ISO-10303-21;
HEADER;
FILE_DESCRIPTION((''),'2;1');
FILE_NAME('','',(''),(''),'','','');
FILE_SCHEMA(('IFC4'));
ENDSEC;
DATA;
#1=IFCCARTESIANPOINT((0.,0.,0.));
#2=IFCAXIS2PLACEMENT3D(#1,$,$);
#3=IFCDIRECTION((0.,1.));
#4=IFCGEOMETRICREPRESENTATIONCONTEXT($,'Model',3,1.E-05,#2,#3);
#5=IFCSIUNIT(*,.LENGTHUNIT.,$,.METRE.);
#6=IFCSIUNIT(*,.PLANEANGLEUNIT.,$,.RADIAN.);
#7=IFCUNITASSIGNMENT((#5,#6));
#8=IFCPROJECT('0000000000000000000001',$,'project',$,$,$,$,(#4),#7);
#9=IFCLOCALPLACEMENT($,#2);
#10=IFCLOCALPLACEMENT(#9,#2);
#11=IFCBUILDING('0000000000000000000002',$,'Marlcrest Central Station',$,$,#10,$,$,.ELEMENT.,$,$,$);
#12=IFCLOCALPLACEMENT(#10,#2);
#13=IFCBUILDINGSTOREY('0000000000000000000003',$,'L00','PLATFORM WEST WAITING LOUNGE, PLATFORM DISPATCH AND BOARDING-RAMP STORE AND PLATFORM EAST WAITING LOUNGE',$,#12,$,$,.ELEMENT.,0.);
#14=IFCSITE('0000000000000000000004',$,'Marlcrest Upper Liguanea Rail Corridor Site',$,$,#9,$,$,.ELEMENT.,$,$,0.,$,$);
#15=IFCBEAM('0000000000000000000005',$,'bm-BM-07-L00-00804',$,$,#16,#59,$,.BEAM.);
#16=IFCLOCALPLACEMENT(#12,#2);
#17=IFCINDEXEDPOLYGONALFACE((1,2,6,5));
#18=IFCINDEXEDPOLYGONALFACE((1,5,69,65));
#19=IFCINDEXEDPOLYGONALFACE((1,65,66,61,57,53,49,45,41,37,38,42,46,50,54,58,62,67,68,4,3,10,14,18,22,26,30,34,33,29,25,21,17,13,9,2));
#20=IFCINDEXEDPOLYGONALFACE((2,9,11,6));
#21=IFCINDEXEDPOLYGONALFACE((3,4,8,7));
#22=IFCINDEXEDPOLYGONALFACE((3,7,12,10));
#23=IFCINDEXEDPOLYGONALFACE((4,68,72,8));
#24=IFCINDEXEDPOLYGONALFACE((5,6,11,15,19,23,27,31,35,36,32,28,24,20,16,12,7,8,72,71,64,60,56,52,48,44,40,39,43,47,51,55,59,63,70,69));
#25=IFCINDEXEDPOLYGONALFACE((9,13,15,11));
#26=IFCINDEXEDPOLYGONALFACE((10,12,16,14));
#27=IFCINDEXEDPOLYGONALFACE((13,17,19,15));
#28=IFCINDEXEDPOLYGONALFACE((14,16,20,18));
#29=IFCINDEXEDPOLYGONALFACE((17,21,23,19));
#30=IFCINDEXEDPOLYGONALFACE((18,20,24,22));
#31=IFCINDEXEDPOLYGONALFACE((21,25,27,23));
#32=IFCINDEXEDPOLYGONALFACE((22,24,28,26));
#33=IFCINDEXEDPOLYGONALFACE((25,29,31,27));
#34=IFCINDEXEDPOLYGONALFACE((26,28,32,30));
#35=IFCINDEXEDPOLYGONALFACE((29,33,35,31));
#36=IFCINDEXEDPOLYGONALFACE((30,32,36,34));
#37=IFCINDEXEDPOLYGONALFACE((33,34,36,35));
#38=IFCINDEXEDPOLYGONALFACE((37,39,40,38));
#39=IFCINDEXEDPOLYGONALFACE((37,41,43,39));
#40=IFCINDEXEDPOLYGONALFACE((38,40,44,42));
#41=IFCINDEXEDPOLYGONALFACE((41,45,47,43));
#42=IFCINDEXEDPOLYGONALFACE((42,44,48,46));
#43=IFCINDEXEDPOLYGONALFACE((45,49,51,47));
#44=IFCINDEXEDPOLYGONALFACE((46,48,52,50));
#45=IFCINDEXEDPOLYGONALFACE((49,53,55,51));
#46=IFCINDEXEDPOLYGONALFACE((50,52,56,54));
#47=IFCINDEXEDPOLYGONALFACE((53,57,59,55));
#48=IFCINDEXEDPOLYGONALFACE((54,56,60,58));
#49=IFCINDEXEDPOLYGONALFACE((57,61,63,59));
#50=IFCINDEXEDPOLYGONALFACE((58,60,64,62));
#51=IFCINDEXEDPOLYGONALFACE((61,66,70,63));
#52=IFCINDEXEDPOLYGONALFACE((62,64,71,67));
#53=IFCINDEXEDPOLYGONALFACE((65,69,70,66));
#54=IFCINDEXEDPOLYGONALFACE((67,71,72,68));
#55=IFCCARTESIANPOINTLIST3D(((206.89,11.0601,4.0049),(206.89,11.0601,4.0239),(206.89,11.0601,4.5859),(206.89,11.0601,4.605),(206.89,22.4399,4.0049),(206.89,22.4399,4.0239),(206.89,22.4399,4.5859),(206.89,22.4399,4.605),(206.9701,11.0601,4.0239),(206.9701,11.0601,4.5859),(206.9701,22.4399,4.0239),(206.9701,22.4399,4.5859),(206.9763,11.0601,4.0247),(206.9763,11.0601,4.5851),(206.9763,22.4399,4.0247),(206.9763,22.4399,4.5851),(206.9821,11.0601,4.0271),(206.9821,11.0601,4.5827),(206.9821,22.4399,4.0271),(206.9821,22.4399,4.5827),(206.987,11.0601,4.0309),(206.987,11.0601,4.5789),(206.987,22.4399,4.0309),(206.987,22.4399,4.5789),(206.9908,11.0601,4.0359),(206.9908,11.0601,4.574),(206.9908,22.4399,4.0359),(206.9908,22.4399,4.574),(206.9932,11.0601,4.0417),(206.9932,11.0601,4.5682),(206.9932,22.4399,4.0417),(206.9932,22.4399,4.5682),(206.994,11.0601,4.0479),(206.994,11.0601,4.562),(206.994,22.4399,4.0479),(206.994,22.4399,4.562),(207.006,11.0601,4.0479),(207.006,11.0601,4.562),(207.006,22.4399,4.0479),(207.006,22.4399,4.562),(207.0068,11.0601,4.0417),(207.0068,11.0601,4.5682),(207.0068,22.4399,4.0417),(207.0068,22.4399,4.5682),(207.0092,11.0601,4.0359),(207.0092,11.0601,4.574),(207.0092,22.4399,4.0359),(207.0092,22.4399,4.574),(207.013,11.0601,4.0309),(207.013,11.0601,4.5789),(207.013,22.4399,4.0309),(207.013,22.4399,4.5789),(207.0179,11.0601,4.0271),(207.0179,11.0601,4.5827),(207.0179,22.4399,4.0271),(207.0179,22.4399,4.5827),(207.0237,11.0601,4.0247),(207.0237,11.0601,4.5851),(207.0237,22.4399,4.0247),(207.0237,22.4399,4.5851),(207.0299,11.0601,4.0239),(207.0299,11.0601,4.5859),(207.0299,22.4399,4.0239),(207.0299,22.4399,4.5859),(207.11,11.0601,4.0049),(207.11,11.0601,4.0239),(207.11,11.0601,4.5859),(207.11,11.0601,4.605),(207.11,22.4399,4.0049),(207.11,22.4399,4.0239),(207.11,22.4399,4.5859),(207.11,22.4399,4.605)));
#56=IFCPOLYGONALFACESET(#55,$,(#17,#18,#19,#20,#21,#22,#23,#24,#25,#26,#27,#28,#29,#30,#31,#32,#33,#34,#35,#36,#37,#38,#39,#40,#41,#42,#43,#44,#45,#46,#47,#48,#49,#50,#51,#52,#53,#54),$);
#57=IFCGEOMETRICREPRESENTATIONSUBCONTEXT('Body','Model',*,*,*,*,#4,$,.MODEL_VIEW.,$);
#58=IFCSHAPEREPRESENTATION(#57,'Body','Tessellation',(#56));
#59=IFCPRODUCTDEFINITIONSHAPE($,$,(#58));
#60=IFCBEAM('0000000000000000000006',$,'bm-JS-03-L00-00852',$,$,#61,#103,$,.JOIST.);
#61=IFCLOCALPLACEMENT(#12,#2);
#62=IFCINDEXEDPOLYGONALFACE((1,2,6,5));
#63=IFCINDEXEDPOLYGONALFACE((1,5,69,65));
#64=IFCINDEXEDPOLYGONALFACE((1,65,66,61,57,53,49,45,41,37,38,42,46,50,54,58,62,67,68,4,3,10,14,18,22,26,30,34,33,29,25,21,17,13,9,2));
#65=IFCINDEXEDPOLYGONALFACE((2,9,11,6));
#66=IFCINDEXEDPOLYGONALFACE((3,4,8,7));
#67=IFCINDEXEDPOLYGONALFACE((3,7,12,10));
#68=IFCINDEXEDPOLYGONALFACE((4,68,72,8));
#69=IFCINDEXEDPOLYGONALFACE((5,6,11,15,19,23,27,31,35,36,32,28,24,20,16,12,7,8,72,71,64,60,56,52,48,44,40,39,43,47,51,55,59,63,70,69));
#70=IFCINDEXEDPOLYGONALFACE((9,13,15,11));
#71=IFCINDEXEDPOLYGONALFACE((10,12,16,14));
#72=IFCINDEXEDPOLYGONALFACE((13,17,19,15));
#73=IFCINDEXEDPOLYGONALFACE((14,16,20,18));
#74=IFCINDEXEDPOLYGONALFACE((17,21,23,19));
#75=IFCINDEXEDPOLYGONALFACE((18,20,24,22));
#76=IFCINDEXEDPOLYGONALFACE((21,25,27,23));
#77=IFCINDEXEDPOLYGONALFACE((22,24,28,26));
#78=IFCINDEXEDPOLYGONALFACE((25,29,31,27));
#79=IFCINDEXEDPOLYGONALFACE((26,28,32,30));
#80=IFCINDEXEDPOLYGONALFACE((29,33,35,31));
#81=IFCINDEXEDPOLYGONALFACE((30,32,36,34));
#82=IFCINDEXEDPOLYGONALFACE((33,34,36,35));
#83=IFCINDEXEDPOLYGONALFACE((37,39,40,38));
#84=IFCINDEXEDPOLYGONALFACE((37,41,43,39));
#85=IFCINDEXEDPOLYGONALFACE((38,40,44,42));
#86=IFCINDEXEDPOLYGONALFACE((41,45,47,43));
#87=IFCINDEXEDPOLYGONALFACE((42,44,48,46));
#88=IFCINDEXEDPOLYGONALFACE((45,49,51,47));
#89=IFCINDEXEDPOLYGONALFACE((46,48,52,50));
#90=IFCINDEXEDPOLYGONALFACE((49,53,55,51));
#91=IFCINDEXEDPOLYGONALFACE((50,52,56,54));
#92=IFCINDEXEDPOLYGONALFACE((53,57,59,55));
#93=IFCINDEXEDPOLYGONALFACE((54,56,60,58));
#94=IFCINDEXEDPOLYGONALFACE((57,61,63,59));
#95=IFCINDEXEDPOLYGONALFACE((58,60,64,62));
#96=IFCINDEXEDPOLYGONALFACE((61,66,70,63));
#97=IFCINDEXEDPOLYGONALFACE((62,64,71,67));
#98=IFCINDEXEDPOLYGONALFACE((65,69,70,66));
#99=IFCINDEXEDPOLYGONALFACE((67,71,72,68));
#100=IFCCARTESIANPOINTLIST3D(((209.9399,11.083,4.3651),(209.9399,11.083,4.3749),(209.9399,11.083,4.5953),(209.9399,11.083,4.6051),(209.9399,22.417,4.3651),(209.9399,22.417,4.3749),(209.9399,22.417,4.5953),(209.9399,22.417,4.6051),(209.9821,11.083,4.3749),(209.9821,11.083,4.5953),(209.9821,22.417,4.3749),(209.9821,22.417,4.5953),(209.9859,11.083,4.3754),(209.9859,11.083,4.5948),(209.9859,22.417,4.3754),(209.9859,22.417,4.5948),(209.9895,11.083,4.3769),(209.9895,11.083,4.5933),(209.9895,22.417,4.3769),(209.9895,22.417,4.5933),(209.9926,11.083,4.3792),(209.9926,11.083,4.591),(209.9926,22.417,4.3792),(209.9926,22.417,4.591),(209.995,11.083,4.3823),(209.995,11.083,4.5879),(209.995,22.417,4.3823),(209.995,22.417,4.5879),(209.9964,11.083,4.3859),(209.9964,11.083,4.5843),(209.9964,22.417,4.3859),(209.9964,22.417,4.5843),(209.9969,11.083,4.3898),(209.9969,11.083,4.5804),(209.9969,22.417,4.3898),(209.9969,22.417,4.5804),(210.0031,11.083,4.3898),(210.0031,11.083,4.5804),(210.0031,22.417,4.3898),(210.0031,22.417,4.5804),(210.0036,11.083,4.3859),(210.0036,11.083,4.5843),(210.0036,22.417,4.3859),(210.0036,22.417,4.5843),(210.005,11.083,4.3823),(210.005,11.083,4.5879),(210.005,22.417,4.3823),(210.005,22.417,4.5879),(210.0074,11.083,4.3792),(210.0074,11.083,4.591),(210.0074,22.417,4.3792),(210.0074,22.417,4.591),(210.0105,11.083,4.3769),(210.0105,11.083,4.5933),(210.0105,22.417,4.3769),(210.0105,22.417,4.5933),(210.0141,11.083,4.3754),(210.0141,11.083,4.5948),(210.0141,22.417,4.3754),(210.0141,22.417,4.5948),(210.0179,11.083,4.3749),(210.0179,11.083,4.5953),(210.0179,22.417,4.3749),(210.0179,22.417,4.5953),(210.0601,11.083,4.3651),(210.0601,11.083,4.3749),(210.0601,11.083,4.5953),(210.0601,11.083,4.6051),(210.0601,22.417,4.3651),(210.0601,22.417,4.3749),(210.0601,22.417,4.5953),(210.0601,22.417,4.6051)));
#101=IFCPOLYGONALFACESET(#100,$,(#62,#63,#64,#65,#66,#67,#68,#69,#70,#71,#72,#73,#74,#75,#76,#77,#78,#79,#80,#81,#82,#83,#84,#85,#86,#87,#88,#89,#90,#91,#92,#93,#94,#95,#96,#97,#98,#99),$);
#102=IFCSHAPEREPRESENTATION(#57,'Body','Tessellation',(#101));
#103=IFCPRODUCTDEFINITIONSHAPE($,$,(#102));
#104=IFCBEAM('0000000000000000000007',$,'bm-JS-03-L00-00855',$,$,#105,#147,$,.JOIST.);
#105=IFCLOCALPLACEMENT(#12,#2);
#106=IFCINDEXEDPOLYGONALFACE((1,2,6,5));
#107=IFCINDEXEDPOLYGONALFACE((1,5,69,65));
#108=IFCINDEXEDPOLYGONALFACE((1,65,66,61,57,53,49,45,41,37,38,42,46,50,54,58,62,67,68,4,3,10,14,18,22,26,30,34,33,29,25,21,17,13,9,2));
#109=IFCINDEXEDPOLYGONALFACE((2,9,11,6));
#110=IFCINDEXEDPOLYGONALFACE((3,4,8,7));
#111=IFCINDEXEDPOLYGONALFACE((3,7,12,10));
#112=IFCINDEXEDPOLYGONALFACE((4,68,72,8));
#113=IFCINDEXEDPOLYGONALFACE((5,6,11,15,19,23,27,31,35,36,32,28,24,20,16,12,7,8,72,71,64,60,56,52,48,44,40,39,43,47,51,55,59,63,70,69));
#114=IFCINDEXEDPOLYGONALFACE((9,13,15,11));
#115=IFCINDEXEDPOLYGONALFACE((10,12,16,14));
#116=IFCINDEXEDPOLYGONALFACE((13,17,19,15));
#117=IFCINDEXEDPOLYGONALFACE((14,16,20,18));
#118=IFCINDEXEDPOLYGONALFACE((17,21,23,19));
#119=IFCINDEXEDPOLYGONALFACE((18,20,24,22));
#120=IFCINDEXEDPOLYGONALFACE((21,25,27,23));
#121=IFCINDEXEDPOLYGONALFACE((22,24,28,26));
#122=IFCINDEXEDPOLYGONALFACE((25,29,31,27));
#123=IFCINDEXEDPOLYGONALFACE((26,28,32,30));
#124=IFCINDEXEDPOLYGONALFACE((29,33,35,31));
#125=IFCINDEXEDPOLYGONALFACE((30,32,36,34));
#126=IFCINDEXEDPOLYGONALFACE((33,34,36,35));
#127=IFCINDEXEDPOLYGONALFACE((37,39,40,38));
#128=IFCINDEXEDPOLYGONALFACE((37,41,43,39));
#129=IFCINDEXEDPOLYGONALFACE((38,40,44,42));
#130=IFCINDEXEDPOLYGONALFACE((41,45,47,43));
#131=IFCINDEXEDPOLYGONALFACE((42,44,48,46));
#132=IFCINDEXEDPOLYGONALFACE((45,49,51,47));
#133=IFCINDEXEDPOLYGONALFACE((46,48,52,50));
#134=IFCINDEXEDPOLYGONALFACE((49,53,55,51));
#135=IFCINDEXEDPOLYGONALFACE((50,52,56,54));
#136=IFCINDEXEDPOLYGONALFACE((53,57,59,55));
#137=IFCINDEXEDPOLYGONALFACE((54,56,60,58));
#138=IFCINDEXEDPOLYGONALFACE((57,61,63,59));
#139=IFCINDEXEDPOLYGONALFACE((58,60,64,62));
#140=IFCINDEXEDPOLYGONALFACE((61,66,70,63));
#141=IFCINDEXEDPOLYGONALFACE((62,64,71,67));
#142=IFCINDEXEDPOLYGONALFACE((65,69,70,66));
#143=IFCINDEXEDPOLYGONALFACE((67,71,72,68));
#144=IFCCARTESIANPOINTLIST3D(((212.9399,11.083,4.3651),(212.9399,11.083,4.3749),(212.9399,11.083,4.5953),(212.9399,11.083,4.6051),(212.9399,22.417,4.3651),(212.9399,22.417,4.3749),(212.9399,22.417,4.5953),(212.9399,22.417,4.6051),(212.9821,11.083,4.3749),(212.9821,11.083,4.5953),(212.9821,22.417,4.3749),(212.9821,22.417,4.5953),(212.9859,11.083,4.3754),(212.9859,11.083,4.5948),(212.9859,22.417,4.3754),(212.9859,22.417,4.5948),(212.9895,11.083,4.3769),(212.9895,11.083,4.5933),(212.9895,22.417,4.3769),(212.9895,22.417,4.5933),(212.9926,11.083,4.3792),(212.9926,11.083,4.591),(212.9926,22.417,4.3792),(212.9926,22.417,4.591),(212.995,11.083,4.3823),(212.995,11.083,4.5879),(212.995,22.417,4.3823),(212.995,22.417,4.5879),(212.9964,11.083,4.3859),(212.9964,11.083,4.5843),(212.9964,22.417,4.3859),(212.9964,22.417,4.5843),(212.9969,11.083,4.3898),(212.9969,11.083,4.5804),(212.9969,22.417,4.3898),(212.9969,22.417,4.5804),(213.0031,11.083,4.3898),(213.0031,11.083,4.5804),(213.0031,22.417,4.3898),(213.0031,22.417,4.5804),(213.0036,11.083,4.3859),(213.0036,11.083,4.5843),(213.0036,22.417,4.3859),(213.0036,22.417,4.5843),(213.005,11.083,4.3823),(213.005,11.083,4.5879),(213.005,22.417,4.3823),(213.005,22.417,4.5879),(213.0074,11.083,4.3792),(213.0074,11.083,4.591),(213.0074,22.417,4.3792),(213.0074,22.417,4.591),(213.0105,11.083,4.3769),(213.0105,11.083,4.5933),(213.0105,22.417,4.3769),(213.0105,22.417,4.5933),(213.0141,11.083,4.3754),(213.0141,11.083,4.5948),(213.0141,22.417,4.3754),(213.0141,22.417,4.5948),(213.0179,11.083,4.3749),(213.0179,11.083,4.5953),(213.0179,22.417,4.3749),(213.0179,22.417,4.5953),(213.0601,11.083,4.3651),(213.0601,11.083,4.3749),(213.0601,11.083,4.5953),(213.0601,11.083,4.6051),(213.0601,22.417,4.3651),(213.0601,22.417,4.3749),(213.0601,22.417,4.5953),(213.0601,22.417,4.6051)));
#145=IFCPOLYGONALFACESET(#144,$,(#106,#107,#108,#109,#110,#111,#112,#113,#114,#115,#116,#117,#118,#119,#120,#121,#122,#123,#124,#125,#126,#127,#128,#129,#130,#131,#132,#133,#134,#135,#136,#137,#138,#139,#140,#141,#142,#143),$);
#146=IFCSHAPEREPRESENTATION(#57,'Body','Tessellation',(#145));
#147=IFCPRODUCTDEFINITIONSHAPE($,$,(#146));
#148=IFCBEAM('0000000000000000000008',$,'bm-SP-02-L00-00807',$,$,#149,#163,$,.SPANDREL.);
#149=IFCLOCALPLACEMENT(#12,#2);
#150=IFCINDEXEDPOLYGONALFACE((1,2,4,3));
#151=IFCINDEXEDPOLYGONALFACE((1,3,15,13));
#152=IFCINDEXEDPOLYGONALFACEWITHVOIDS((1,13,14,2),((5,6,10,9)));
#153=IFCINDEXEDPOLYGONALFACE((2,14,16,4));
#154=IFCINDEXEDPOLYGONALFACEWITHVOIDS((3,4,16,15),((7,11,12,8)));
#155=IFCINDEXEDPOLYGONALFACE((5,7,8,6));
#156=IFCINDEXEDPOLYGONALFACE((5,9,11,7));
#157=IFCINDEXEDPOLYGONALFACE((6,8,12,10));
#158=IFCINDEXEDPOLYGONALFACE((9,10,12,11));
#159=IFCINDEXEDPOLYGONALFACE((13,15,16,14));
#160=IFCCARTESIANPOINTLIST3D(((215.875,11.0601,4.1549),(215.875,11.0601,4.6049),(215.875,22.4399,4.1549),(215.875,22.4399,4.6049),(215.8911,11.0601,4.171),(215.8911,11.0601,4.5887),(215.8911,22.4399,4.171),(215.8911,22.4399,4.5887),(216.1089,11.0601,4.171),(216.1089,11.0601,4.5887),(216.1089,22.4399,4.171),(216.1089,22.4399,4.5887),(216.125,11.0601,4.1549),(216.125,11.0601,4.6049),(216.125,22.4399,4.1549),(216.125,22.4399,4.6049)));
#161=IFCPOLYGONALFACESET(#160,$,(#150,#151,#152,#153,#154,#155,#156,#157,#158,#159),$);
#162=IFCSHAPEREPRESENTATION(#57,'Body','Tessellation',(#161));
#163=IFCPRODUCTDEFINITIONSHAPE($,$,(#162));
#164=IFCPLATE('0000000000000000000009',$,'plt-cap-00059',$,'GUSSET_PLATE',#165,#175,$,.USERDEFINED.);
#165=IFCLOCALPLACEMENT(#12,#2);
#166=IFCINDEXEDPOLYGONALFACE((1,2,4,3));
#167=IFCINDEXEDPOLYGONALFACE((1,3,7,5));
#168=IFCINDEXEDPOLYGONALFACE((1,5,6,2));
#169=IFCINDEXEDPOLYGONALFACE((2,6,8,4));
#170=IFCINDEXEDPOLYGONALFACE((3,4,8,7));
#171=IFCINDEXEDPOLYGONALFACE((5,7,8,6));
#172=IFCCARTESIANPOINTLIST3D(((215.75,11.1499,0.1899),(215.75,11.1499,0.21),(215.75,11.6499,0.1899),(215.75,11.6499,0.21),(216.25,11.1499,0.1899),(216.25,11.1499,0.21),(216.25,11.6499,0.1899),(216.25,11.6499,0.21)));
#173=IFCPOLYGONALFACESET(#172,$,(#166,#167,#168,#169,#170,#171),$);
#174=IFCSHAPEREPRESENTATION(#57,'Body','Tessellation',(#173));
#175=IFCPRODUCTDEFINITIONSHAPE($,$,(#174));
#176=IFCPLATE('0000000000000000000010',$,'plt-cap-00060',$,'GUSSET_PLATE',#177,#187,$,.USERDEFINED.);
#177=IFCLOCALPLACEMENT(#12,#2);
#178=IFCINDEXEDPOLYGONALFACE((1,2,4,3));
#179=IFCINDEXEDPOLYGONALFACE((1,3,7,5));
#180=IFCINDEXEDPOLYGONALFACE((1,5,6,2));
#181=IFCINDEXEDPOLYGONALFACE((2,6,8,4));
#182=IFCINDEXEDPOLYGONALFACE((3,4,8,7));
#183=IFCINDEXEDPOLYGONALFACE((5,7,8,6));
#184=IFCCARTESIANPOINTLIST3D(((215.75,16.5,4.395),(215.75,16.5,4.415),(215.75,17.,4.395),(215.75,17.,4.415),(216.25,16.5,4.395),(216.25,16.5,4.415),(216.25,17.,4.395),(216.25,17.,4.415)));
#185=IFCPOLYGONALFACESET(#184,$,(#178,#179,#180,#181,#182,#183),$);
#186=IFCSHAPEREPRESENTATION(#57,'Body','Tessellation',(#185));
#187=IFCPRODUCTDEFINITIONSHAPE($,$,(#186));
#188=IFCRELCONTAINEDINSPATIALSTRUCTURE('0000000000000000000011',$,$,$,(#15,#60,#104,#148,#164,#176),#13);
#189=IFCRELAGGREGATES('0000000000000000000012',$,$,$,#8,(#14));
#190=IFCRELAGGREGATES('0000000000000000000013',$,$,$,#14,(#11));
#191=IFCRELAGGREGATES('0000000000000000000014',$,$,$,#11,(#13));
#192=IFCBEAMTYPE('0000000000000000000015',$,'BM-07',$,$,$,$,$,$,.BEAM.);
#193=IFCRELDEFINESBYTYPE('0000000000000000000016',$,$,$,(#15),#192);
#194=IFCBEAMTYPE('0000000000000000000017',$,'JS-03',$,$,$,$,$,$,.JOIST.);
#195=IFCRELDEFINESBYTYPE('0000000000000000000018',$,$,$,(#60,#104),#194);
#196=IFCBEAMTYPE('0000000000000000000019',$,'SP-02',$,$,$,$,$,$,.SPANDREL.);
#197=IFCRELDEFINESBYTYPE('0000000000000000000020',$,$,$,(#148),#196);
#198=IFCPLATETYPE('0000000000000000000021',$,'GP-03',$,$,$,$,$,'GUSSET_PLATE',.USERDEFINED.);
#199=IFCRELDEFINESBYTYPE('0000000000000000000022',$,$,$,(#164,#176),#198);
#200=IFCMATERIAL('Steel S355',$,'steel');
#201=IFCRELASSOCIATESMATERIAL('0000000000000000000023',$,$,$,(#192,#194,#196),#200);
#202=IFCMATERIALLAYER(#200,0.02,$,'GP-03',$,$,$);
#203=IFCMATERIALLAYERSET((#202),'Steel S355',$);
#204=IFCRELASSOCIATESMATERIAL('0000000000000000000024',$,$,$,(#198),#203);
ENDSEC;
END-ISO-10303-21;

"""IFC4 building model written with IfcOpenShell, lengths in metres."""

from ifc_helpers import new_model, si_unit, direction, frame, origin, origin_2d, place, context, subcontext, project, spatial, rectangle, hollow_rectangle, i_section, extrude, material, layer, layer_set, material_profile, profile_set, type_object, element, save


model = new_model("IFC4")

# Units and contexts
model_context = context("Model", 3, precision=1e-05, world=origin(), true_north=direction((0.0, 1.0)))
body_context = subcontext(model_context, "Body", "Model", "MODEL_VIEW")
ifc_project = project(units=[si_unit("LENGTHUNIT", "METRE"), si_unit("PLANEANGLEUNIT", "RADIAN")], contexts=[model_context])

# Site, building, storey
site_placement = place(None, origin())
site = spatial("IfcSite", under=ifc_project, at=site_placement, Name="Marlcrest Upper Liguanea Rail Corridor Site", CompositionType="ELEMENT", RefElevation=0.0)
building_placement = place(site_placement, origin())
building = spatial("IfcBuilding", under=site, at=building_placement, Name="Marlcrest Central Station", CompositionType="ELEMENT")
storey_placement = place(building_placement, origin())
storey = spatial("IfcBuildingStorey", under=building, at=storey_placement, Name="L00", Description="PLATFORM WEST WAITING LOUNGE, PLATFORM DISPATCH AND BOARDING-RAMP STORE AND PLATFORM EAST WAITING LOUNGE", CompositionType="ELEMENT", Elevation=0.0)

# Shared definitions
ifc_material_1 = material(Name="Steel S355", Category="steel")

# Beams
ifc_material_profile_1 = material_profile(ifc_material_1, i_section(OverallWidth=0.22, OverallDepth=0.6001, WebThickness=0.012, FlangeThickness=0.019, FilletRadius=0.0239, at=origin_2d()), Name="IPE 600")
ifc_profile_set_1 = profile_set([ifc_material_profile_1], Name="Steel S355")
beam_type_1 = type_object("IfcBeamType", Name="BM-07", PredefinedType="BEAM", material=ifc_profile_set_1)
beam_1_placement = place(storey_placement, frame((207.0, 11.0601, 4.3049), z_axis=(0.0, 1.0, 0.0), x_axis=(-1.0, 0.0, 0.0)))
element("IfcBeam", 1, at=beam_1_placement, inside=storey, type_object=beam_type_1, Name="bm-BM-07-L00-00804", PredefinedType="BEAM", context=body_context, shape_type="SweptSolid", body=[
    extrude(i_section(OverallWidth=0.22, OverallDepth=0.6001, WebThickness=0.012, FlangeThickness=0.019, FilletRadius=0.0239, at=origin_2d()), origin(), (0.0, 0.0, 1.0), 11.3799),
])
ifc_material_profile_2 = material_profile(ifc_material_1, i_section(OverallWidth=0.1201, OverallDepth=0.24, WebThickness=0.0061, FlangeThickness=0.0098, FilletRadius=0.0149, at=origin_2d()), Name="IPE 240")
ifc_profile_set_2 = profile_set([ifc_material_profile_2], Name="Steel S355")
beam_type_2 = type_object("IfcBeamType", Name="JS-03", PredefinedType="JOIST", material=ifc_profile_set_2)
for number, where, z_axis, x_axis, name in (
    (2, (210.0, 11.083, 4.4851), (0.0, 1.0, 0.0), (-1.0, 0.0, 0.0), "bm-JS-03-L00-00852"),
    (3, (213.0, 11.083, 4.4851), (0.0, 1.0, 0.0), (-1.0, 0.0, 0.0), "bm-JS-03-L00-00855"),
):
    element("IfcBeam", number, at=place(storey_placement, frame(where, z_axis=z_axis, x_axis=x_axis)), inside=storey, type_object=beam_type_2, Name=name, PredefinedType="JOIST", context=body_context, shape_type="SweptSolid", body=[
        extrude(i_section(OverallWidth=0.1201, OverallDepth=0.24, WebThickness=0.0061, FlangeThickness=0.0098, FilletRadius=0.0149, at=origin_2d()), origin(), (0.0, 0.0, 1.0), 11.334),
    ])
ifc_material_profile_3 = material_profile(ifc_material_1, hollow_rectangle(XDim=0.25, YDim=0.45, WallThickness=0.0161, at=origin_2d()), Name="RHS 450x250x16")
ifc_profile_set_3 = profile_set([ifc_material_profile_3], Name="Steel S355")
beam_type_3 = type_object("IfcBeamType", Name="SP-02", PredefinedType="SPANDREL", material=ifc_profile_set_3)
beam_2_placement = place(storey_placement, frame((216.0, 11.0601, 4.3799), z_axis=(0.0, 1.0, 0.0), x_axis=(-1.0, 0.0, 0.0)))
element("IfcBeam", 4, at=beam_2_placement, inside=storey, type_object=beam_type_3, Name="bm-SP-02-L00-00807", PredefinedType="SPANDREL", context=body_context, shape_type="SweptSolid", body=[
    extrude(hollow_rectangle(XDim=0.25, YDim=0.45, WallThickness=0.0161, at=origin_2d()), origin(), (0.0, 0.0, 1.0), 11.3799),
])

# Plates
ifc_layer_1 = layer(ifc_material_1, 0.02, Name="GP-03")
ifc_layer_set_1 = layer_set([ifc_layer_1], Name="Steel S355")
plate_type = type_object("IfcPlateType", Name="GP-03", ElementType="GUSSET_PLATE", PredefinedType="USERDEFINED", material=ifc_layer_set_1)
for number, where, z_axis, x_axis, name in (
    (5, (216.0, 11.3999, 0.1899), (0.0, 0.0, 1.0), (1.0, 0.0, 0.0), "plt-cap-00059"),
    (6, (216.0, 16.75, 4.395), (0.0, 0.0, 1.0), (1.0, 0.0, 0.0), "plt-cap-00060"),
):
    element("IfcPlate", number, at=place(storey_placement, frame(where, z_axis=z_axis, x_axis=x_axis)), inside=storey, type_object=plate_type, Name=name, ObjectType="GUSSET_PLATE", PredefinedType="USERDEFINED", context=body_context, shape_type="SweptSolid", body=[
        extrude(rectangle(XDim=0.5, YDim=0.5, at=origin_2d()), origin(), (0.0, 0.0, 1.0), 0.02),
    ])

save(model, "model.ifc")
